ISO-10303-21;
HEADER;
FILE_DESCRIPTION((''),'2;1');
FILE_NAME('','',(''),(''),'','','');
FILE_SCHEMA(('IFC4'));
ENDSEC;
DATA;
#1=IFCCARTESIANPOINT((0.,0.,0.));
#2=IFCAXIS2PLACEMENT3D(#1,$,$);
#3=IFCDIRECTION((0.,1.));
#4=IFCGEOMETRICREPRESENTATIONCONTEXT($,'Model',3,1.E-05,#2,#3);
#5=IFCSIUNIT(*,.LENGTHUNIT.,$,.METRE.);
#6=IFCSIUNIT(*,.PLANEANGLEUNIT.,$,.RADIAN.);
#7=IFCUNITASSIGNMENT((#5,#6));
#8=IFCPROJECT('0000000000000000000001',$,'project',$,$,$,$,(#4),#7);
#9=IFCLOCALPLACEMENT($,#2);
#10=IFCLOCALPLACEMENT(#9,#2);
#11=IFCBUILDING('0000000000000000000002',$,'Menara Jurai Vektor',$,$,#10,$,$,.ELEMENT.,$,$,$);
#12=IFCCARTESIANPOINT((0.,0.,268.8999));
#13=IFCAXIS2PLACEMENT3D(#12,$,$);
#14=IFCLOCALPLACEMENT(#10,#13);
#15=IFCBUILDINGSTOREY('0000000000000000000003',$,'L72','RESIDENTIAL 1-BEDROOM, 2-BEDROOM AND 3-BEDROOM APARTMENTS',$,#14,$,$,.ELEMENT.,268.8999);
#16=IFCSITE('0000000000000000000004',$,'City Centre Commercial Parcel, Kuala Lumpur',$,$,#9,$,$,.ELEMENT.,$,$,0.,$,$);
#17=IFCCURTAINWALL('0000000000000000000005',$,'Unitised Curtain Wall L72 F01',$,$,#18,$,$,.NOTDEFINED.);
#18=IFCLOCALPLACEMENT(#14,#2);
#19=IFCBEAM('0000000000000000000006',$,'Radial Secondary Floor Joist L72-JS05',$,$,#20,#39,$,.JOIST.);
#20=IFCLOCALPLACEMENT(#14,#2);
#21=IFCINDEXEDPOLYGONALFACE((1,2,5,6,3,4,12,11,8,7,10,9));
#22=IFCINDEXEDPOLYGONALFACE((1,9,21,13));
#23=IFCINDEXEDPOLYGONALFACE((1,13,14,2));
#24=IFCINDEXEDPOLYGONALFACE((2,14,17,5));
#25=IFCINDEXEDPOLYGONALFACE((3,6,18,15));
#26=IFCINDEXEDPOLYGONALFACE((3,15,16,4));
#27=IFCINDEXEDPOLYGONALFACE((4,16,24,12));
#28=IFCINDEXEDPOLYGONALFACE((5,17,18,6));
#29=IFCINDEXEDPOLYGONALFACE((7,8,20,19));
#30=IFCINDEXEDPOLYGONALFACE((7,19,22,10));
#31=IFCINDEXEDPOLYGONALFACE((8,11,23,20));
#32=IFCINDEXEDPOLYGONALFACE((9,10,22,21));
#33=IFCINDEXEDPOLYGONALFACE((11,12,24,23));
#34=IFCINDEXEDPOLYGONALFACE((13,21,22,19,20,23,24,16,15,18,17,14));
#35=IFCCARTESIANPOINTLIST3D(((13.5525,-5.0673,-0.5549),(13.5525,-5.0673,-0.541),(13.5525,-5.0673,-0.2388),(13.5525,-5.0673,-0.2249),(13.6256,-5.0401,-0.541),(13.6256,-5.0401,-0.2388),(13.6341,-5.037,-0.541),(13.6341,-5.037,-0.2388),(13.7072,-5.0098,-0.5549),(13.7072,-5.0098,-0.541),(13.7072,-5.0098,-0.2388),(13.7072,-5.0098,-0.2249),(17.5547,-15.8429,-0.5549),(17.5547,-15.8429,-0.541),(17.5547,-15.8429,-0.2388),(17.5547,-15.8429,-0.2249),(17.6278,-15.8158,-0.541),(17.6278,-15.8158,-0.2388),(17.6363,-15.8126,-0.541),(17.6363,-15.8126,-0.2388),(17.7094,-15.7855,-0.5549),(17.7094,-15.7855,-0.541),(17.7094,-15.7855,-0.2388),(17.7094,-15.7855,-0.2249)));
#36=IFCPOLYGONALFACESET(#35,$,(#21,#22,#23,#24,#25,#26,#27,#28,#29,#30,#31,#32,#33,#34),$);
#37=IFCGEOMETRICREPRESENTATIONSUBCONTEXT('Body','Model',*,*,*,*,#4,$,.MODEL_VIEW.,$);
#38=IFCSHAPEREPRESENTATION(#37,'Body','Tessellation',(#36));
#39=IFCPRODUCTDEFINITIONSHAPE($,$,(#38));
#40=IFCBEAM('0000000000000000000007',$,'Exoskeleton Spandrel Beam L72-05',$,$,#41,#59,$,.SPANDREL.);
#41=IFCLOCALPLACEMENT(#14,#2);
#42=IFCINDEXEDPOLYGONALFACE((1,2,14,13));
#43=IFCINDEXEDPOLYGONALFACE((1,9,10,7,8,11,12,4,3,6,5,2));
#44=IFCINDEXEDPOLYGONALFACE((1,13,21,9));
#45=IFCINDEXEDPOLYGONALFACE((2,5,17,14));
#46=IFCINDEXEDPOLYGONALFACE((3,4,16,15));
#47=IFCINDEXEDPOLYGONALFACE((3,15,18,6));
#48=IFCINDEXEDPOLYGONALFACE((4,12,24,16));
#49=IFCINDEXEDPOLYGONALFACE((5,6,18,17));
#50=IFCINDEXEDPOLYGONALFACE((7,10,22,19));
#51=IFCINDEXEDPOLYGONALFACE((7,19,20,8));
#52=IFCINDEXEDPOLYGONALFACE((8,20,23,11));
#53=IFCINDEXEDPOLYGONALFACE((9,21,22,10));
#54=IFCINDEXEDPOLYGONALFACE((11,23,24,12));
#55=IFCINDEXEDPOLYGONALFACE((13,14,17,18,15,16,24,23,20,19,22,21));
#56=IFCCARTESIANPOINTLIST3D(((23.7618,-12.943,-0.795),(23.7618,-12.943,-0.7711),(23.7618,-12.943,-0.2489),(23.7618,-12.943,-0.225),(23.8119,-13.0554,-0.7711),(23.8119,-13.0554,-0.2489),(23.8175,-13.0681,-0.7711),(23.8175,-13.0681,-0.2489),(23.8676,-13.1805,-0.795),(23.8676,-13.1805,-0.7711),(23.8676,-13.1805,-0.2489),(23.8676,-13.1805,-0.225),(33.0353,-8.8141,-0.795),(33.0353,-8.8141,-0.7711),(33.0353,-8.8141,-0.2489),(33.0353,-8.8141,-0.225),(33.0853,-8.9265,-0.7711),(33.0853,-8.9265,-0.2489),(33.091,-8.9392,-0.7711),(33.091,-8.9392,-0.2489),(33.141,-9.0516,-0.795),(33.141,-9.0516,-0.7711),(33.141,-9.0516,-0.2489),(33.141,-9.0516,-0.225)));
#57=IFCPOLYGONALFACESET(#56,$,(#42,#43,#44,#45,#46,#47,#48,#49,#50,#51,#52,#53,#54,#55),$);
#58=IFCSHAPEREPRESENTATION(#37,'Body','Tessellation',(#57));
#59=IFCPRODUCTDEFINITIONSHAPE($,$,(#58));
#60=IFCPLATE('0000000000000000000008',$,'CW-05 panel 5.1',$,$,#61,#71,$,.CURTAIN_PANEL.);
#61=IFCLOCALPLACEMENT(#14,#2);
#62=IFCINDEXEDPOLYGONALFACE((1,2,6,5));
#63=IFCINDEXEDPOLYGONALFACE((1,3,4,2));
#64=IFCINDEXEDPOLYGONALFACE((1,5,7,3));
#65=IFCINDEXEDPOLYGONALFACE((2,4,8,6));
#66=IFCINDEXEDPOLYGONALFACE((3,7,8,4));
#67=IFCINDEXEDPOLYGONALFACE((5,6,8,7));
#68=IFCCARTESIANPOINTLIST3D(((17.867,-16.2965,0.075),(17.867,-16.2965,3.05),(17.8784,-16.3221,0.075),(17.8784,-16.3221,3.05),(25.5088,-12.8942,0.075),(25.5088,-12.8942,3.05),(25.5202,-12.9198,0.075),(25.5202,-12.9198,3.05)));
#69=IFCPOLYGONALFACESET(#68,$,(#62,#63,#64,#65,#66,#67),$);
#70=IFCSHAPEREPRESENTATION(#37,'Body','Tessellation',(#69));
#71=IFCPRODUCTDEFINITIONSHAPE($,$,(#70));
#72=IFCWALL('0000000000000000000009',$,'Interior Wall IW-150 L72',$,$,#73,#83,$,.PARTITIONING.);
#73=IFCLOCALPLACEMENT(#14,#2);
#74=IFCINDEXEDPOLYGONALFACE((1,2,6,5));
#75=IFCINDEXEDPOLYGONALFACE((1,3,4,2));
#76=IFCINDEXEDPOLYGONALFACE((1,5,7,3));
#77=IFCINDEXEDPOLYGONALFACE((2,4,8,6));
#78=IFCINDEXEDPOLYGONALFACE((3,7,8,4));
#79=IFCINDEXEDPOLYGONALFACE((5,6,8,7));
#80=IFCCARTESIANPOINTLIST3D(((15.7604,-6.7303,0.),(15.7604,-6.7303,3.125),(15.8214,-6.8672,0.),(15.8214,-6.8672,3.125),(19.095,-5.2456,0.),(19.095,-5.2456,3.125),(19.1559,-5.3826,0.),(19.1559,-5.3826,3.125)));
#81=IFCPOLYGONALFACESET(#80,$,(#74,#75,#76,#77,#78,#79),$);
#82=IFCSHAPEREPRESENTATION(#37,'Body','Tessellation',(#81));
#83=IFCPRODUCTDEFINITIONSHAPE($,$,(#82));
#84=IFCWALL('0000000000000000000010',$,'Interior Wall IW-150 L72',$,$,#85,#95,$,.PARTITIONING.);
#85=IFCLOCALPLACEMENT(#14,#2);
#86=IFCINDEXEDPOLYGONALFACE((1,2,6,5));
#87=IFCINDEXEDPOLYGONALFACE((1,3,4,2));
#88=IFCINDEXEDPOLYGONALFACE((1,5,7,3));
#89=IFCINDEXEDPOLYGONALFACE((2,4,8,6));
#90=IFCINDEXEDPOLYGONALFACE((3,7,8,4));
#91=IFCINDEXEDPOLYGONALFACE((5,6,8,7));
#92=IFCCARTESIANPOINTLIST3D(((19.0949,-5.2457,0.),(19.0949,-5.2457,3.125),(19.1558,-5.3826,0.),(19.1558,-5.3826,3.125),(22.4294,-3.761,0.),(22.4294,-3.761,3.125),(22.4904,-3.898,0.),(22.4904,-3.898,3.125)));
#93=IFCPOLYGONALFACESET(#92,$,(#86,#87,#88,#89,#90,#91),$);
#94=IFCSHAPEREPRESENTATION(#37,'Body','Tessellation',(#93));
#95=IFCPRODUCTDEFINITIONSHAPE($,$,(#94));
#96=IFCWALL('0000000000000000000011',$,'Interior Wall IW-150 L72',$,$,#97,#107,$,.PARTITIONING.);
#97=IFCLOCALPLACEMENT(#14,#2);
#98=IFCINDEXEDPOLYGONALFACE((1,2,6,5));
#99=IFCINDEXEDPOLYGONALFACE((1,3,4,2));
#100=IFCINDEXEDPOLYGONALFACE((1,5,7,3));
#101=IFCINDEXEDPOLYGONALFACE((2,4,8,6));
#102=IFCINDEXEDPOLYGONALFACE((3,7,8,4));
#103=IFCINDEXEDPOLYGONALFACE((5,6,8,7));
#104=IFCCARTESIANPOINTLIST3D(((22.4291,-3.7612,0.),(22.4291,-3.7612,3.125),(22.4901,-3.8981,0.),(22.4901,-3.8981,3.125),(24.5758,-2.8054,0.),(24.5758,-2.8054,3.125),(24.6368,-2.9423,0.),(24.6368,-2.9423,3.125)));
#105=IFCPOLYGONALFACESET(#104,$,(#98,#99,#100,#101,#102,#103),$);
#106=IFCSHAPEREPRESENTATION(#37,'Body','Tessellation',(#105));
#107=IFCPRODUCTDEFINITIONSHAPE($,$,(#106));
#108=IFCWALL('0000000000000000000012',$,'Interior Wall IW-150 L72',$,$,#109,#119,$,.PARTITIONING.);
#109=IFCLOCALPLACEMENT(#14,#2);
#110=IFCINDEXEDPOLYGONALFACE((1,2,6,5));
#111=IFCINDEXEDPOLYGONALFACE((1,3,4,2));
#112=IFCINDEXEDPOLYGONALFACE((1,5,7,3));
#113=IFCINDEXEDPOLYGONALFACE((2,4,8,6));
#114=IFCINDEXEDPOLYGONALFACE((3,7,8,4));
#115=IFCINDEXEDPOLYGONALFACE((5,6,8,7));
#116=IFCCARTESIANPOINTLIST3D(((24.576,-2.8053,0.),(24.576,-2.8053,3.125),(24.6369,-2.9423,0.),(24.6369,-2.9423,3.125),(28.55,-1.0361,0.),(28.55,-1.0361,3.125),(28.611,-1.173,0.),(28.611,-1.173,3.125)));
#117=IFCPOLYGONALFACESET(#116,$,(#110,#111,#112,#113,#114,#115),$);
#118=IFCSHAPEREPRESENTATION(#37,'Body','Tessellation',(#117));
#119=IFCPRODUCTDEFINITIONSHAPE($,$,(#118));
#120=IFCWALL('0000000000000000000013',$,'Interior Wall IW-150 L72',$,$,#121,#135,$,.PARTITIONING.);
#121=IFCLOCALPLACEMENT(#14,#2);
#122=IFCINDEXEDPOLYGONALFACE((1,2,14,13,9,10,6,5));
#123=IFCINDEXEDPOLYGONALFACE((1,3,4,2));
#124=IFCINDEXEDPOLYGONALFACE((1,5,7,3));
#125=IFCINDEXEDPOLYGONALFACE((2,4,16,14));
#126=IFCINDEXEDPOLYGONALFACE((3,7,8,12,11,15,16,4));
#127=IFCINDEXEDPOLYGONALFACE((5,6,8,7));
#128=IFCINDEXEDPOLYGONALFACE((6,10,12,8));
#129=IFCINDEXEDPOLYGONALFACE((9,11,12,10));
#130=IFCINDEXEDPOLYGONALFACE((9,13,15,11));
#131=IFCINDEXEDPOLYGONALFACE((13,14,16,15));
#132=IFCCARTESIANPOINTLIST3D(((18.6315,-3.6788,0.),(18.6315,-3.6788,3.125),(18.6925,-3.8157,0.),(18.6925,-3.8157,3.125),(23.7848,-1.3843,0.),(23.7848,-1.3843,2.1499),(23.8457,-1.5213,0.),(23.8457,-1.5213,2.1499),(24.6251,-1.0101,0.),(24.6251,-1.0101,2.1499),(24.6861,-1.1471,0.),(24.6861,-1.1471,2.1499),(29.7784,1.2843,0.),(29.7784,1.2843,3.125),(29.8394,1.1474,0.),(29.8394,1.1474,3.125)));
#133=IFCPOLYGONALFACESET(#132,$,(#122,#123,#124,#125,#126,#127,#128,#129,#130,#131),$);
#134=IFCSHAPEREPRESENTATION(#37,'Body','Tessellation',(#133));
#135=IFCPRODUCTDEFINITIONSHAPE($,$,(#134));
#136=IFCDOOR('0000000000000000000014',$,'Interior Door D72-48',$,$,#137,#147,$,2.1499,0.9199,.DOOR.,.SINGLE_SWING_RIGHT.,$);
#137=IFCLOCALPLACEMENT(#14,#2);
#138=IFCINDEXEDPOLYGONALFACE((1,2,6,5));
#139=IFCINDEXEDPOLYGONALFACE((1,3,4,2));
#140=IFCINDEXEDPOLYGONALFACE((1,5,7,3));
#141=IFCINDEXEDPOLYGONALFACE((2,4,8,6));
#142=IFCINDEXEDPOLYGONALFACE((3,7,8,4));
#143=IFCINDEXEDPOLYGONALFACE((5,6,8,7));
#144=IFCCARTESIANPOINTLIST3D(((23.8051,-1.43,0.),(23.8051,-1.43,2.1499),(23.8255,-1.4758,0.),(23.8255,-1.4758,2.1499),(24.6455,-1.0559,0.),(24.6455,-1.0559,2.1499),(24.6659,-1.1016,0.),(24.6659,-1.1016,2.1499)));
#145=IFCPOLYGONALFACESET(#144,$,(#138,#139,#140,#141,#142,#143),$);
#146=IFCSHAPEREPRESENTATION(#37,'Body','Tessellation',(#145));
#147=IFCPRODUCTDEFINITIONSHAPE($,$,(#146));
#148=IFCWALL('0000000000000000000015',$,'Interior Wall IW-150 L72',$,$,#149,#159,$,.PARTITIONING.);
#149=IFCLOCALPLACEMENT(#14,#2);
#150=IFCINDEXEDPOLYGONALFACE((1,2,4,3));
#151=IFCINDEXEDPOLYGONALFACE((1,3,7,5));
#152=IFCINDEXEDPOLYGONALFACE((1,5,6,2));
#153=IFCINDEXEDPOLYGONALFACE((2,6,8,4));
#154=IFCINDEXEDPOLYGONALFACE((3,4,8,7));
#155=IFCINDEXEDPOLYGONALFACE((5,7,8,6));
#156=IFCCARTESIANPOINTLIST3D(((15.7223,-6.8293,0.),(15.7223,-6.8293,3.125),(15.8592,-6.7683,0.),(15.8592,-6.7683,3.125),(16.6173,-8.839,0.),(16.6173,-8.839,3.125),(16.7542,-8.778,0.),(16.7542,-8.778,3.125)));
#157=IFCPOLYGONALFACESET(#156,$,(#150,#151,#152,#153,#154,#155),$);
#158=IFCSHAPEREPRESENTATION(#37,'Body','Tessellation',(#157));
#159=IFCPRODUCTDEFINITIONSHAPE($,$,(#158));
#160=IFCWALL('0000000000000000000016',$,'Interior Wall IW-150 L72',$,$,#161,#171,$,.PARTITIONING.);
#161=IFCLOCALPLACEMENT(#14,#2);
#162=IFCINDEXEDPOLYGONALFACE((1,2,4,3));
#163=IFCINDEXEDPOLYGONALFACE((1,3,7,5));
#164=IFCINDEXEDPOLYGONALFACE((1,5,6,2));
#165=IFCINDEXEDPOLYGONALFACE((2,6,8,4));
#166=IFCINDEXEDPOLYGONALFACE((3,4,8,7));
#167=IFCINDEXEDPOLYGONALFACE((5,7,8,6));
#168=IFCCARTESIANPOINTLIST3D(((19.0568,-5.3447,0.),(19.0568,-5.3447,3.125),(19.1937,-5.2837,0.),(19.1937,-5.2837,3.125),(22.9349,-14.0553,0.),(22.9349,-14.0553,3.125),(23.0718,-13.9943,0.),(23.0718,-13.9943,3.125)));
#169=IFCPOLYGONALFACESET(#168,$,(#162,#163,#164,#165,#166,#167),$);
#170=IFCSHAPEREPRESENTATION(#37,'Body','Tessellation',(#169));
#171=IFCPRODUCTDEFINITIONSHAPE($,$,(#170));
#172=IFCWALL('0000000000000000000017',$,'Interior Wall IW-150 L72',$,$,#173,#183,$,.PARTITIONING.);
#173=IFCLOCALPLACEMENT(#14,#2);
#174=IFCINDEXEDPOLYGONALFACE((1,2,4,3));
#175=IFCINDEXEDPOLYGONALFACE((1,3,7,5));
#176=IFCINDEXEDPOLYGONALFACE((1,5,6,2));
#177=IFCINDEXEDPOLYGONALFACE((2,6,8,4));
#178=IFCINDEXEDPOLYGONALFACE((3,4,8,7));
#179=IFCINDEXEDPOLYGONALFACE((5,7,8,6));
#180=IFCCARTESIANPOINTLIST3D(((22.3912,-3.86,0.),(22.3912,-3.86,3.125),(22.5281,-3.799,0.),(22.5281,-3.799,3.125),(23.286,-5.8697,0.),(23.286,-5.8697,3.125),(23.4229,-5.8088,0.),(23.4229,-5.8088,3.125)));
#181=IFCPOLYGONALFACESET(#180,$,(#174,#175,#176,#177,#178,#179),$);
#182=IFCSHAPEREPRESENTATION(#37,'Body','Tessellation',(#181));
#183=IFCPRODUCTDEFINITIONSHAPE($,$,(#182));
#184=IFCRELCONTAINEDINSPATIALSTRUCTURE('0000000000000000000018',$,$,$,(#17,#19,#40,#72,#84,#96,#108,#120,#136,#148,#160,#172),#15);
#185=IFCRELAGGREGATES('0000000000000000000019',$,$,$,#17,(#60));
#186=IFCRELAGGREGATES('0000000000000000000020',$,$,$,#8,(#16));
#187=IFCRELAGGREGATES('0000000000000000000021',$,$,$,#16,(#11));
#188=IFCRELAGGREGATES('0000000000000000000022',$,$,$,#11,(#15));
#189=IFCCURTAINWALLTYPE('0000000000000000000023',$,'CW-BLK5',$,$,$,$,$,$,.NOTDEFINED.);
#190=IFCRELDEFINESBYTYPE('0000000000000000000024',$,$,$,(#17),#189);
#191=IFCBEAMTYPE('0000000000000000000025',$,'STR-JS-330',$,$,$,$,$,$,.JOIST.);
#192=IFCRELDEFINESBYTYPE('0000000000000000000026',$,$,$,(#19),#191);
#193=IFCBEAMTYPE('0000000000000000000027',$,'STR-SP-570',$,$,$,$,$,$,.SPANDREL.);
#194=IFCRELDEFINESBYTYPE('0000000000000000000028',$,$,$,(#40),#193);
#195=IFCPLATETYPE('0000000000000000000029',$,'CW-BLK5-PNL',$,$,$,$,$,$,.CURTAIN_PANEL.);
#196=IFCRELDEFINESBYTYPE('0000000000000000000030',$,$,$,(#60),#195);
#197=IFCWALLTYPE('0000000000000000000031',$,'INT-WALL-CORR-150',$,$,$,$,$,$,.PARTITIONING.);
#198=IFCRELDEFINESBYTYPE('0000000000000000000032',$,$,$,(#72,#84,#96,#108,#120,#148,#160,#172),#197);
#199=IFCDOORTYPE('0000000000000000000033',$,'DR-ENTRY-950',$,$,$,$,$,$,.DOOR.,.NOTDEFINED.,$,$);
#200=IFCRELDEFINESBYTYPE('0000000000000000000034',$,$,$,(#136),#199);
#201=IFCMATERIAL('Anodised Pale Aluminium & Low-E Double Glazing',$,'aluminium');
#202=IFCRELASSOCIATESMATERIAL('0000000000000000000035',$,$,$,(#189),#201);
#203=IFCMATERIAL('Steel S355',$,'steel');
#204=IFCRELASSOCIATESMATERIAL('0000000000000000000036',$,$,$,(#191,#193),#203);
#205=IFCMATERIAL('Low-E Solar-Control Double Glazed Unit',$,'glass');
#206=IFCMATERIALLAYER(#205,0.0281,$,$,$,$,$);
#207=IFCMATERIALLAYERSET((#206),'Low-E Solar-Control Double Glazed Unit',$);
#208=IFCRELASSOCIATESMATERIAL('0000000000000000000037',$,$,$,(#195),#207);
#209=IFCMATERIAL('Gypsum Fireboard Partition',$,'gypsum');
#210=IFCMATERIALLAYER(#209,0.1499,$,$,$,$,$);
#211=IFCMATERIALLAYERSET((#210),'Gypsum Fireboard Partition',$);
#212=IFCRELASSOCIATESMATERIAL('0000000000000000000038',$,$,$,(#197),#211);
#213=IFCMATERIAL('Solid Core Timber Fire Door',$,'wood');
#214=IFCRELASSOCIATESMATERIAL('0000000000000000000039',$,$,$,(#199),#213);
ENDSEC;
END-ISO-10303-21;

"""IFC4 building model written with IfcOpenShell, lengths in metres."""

from ifc_helpers import new_model, si_unit, direction, frame, frame_2d, origin, origin_2d, place, context, subcontext, project, spatial, rectangle, i_section, extrude, material, layer, layer_set, material_profile, profile_set, type_object, element, fill, aggregate, save


model = new_model("IFC4")

# Units and contexts
model_context = context("Model", 3, precision=1e-05, world=origin(), true_north=direction((0.0, 1.0)))
body_context = subcontext(model_context, "Body", "Model", "MODEL_VIEW")
ifc_project = project(units=[si_unit("LENGTHUNIT", "METRE"), si_unit("PLANEANGLEUNIT", "RADIAN")], contexts=[model_context])

# Site, building, storey
site_placement = place(None, origin())
site = spatial("IfcSite", under=ifc_project, at=site_placement, Name="City Centre Commercial Parcel, Kuala Lumpur", CompositionType="ELEMENT", RefElevation=0.0)
building_placement = place(site_placement, origin())
building = spatial("IfcBuilding", under=site, at=building_placement, Name="Menara Jurai Vektor", CompositionType="ELEMENT")
storey_placement = place(building_placement, frame((0.0, 0.0, 268.8999)))
storey = spatial("IfcBuildingStorey", under=building, at=storey_placement, Name="L72", Description="RESIDENTIAL 1-BEDROOM, 2-BEDROOM AND 3-BEDROOM APARTMENTS", CompositionType="ELEMENT", Elevation=268.8999)

# Curtain wall
ifc_material_1 = material(Name="Anodised Pale Aluminium & Low-E Double Glazing", Category="aluminium")
curtain_wall_type = type_object("IfcCurtainWallType", Name="CW-BLK5", PredefinedType="NOTDEFINED", material=ifc_material_1)
curtain_wall_placement = place(storey_placement, origin())
curtain_wall = element("IfcCurtainWall", 1, at=curtain_wall_placement, inside=storey, type_object=curtain_wall_type, Name="Unitised Curtain Wall L72 F01", PredefinedType="NOTDEFINED")

# Beams
ifc_material_2 = material(Name="Steel S355", Category="steel")
ifc_material_profile_1 = material_profile(ifc_material_2, i_section(OverallWidth=0.165, OverallDepth=0.3301, WebThickness=0.009, FlangeThickness=0.0139, at=origin_2d()), Name="PG 330x165x46")
ifc_profile_set_1 = profile_set([ifc_material_profile_1], Name="Steel S355")
beam_type_1 = type_object("IfcBeamType", Name="STR-JS-330", PredefinedType="JOIST", material=ifc_profile_set_1)
beam_1_placement = place(storey_placement, frame((17.6321, -15.8142, -0.3899), z_axis=(-0.348173, 0.93743, 0.0), x_axis=(-0.93743, -0.348173, 0.0)))
element("IfcBeam", 2, at=beam_1_placement, inside=storey, type_object=beam_type_1, Name="Radial Secondary Floor Joist L72-JS05", PredefinedType="JOIST", context=body_context, shape_type="SweptSolid", body=[
    extrude(i_section(OverallWidth=0.165, OverallDepth=0.3301, WebThickness=0.009, FlangeThickness=0.0139, at=origin_2d()), origin(), (0.0, 0.0, 1.0), 11.4949),
])
ifc_material_profile_2 = material_profile(ifc_material_2, i_section(OverallWidth=0.26, OverallDepth=0.5701, WebThickness=0.0139, FlangeThickness=0.0239, at=origin_2d()), Name="PG 570x260x145")
ifc_profile_set_2 = profile_set([ifc_material_profile_2], Name="Steel S355")
beam_type_2 = type_object("IfcBeamType", Name="STR-SP-570", PredefinedType="SPANDREL", material=ifc_profile_set_2)
beam_2_placement = place(storey_placement, frame((23.8147, -13.0618, -0.51), z_axis=(0.913542, 0.406745, 0.0), x_axis=(-0.406745, 0.913542, 0.0)))
element("IfcBeam", 3, at=beam_2_placement, inside=storey, type_object=beam_type_2, Name="Exoskeleton Spandrel Beam L72-05", PredefinedType="SPANDREL", context=body_context, shape_type="SweptSolid", body=[
    extrude(i_section(OverallWidth=0.26, OverallDepth=0.5701, WebThickness=0.0139, FlangeThickness=0.0239, at=origin_2d()), origin(), (0.0, 0.0, 1.0), 10.1511),
])

# Plate
ifc_material_3 = material(Name="Low-E Solar-Control Double Glazed Unit", Category="glass")
ifc_layer_1 = layer(ifc_material_3, 0.0281)
ifc_layer_set_1 = layer_set([ifc_layer_1], Name="Low-E Solar-Control Double Glazed Unit")
plate_type = type_object("IfcPlateType", Name="CW-BLK5-PNL", PredefinedType="CURTAIN_PANEL", material=ifc_layer_set_1)
plate_placement = place(storey_placement, frame((21.6936, -14.6082, 0.075), z_axis=(0.0, 0.0, 1.0), x_axis=(0.913546, 0.406735, 0.0)))
plate = element("IfcPlate", 4, at=plate_placement, type_object=plate_type, Name="CW-05 panel 5.1", PredefinedType="CURTAIN_PANEL", context=body_context, shape_type="SweptSolid", body=[
    extrude(rectangle(XDim=8.365, YDim=0.0281, at=origin_2d()), origin(), (0.0, 0.0, 1.0), 2.9751),
])
aggregate(curtain_wall, [plate])

# Walls
ifc_material_4 = material(Name="Gypsum Fireboard Partition", Category="gypsum")
ifc_layer_2 = layer(ifc_material_4, 0.1499)
ifc_layer_set_2 = layer_set([ifc_layer_2], Name="Gypsum Fireboard Partition")
wall_type_1 = type_object("IfcWallType", Name="INT-WALL-CORR-150", PredefinedType="PARTITIONING", material=ifc_layer_set_2)
for number, where, z_axis, x_axis, name in (
    (5, (15.7908, -6.7988, 0.0), (0.0, 0.0, 1.0), (0.913544, 0.40674, 0.0), "Interior Wall IW-150 L72"),
    (6, (19.1252, -5.3142, 0.0), (0.0, 0.0, 1.0), (0.913544, 0.40674, 0.0), "Interior Wall IW-150 L72"),
):
    element("IfcWall", number, at=place(storey_placement, frame(where, z_axis=z_axis, x_axis=x_axis)), inside=storey, type_object=wall_type_1, Name=name, PredefinedType="PARTITIONING", context=body_context, shape_type="SweptSolid", body=[
        extrude(rectangle(XDim=3.6501, YDim=0.1499, at=frame_2d((1.8252, 0.0))), origin(), (0.0, 0.0, 1.0), 3.125),
    ])
wall_1_placement = place(storey_placement, frame((22.4597, -3.8296, 0.0), z_axis=(0.0, 0.0, 1.0), x_axis=(0.913541, 0.406746, 0.0)))
element("IfcWall", 7, at=wall_1_placement, inside=storey, type_object=wall_type_1, Name="Interior Wall IW-150 L72", PredefinedType="PARTITIONING", context=body_context, shape_type="SweptSolid", body=[
    extrude(rectangle(XDim=2.3499, YDim=0.1499, at=frame_2d((1.1748, 0.0))), origin(), (0.0, 0.0, 1.0), 3.125),
])
wall_2_placement = place(storey_placement, frame((24.6064, -2.8738, 0.0), z_axis=(0.0, 0.0, 1.0), x_axis=(0.913554, 0.406716, 0.0)))
element("IfcWall", 8, at=wall_2_placement, inside=storey, type_object=wall_type_1, Name="Interior Wall IW-150 L72", PredefinedType="PARTITIONING", context=body_context, shape_type="SweptSolid", body=[
    extrude(rectangle(XDim=4.3501, YDim=0.1499, at=frame_2d((2.175, 0.0))), origin(), (0.0, 0.0, 1.0), 3.125),
])

# Wall, opening, door
wall_3_placement = place(storey_placement, frame((18.6619, -3.7473, 0.0), z_axis=(0.0, 0.0, 1.0), x_axis=(0.91354, 0.406749, 0.0)))
wall_3 = element("IfcWall", 9, at=wall_3_placement, inside=storey, type_object=wall_type_1, Name="Interior Wall IW-150 L72", PredefinedType="PARTITIONING", context=body_context, shape_type="SweptSolid", body=[
    extrude(rectangle(XDim=12.2019, YDim=0.1499, at=frame_2d((6.1011, 0.0))), origin(), (0.0, 0.0, 1.0), 3.125),
])
opening_1_placement = place(wall_3_placement, frame((5.6411, 0.0, 0.0)))
opening_1 = element("IfcOpeningElement", 10, at=opening_1_placement, cuts=wall_3, PredefinedType="OPENING", context=body_context, shape_type="SweptSolid", body=[
    extrude(rectangle(XDim=0.9199, YDim=2.1499, at=frame_2d((0.46, 1.075))), frame((0.0, 0.085, 0.0), z_axis=(0.0, -1.0, 0.0), x_axis=(1.0, 0.0, 0.0)), (0.0, 0.0, 1.0), 0.1699),
])
ifc_material_5 = material(Name="Solid Core Timber Fire Door", Category="wood")
door_type_1 = type_object("IfcDoorType", Name="DR-ENTRY-950", OperationType="NOTDEFINED", PredefinedType="DOOR", material=ifc_material_5)
door_1_placement = place(opening_1_placement, origin())
door_1 = element("IfcDoor", 11, at=door_1_placement, inside=storey, type_object=door_type_1, Name="Interior Door D72-48", OperationType="SINGLE_SWING_RIGHT", OverallHeight=2.1499, OverallWidth=0.9199, PredefinedType="DOOR", context=body_context, shape_type="SweptSolid", body=[
    extrude(rectangle(XDim=0.9199, YDim=2.1499, at=frame_2d((0.46, 1.075))), frame((0.0, 0.0249, 0.0), z_axis=(0.0, -1.0, 0.0), x_axis=(1.0, 0.0, 0.0)), (0.0, 0.0, 1.0), 0.05),
])
fill(opening_1, door_1)

# Walls
wall_4_placement = place(storey_placement, frame((16.6858, -8.8086, 0.0), z_axis=(0.0, 0.0, 1.0), x_axis=(-0.406818, 0.913509, 0.0)))
element("IfcWall", 12, at=wall_4_placement, inside=storey, type_object=wall_type_1, Name="Interior Wall IW-150 L72", PredefinedType="PARTITIONING", context=body_context, shape_type="SweptSolid", body=[
    extrude(rectangle(XDim=2.2, YDim=0.1499, at=frame_2d((1.1001, 0.0))), origin(), (0.0, 0.0, 1.0), 3.125),
])
wall_5_placement = place(storey_placement, frame((23.0034, -14.0249, 0.0), z_axis=(0.0, 0.0, 1.0), x_axis=(-0.40673, 0.913548, 0.0)))
element("IfcWall", 13, at=wall_5_placement, inside=storey, type_object=wall_type_1, Name="Interior Wall IW-150 L72", PredefinedType="PARTITIONING", context=body_context, shape_type="SweptSolid", body=[
    extrude(rectangle(XDim=9.5349, YDim=0.1499, at=frame_2d((4.7676, 0.0))), origin(), (0.0, 0.0, 1.0), 3.125),
])
wall_6_placement = place(storey_placement, frame((23.3545, -5.8394, 0.0), z_axis=(0.0, 0.0, 1.0), x_axis=(-0.406725, 0.913551, 0.0)))
element("IfcWall", 14, at=wall_6_placement, inside=storey, type_object=wall_type_1, Name="Interior Wall IW-150 L72", PredefinedType="PARTITIONING", context=body_context, shape_type="SweptSolid", body=[
    extrude(rectangle(XDim=2.2, YDim=0.1499, at=frame_2d((1.1001, 0.0))), origin(), (0.0, 0.0, 1.0), 3.125),
])

save(model, "model.ifc")
